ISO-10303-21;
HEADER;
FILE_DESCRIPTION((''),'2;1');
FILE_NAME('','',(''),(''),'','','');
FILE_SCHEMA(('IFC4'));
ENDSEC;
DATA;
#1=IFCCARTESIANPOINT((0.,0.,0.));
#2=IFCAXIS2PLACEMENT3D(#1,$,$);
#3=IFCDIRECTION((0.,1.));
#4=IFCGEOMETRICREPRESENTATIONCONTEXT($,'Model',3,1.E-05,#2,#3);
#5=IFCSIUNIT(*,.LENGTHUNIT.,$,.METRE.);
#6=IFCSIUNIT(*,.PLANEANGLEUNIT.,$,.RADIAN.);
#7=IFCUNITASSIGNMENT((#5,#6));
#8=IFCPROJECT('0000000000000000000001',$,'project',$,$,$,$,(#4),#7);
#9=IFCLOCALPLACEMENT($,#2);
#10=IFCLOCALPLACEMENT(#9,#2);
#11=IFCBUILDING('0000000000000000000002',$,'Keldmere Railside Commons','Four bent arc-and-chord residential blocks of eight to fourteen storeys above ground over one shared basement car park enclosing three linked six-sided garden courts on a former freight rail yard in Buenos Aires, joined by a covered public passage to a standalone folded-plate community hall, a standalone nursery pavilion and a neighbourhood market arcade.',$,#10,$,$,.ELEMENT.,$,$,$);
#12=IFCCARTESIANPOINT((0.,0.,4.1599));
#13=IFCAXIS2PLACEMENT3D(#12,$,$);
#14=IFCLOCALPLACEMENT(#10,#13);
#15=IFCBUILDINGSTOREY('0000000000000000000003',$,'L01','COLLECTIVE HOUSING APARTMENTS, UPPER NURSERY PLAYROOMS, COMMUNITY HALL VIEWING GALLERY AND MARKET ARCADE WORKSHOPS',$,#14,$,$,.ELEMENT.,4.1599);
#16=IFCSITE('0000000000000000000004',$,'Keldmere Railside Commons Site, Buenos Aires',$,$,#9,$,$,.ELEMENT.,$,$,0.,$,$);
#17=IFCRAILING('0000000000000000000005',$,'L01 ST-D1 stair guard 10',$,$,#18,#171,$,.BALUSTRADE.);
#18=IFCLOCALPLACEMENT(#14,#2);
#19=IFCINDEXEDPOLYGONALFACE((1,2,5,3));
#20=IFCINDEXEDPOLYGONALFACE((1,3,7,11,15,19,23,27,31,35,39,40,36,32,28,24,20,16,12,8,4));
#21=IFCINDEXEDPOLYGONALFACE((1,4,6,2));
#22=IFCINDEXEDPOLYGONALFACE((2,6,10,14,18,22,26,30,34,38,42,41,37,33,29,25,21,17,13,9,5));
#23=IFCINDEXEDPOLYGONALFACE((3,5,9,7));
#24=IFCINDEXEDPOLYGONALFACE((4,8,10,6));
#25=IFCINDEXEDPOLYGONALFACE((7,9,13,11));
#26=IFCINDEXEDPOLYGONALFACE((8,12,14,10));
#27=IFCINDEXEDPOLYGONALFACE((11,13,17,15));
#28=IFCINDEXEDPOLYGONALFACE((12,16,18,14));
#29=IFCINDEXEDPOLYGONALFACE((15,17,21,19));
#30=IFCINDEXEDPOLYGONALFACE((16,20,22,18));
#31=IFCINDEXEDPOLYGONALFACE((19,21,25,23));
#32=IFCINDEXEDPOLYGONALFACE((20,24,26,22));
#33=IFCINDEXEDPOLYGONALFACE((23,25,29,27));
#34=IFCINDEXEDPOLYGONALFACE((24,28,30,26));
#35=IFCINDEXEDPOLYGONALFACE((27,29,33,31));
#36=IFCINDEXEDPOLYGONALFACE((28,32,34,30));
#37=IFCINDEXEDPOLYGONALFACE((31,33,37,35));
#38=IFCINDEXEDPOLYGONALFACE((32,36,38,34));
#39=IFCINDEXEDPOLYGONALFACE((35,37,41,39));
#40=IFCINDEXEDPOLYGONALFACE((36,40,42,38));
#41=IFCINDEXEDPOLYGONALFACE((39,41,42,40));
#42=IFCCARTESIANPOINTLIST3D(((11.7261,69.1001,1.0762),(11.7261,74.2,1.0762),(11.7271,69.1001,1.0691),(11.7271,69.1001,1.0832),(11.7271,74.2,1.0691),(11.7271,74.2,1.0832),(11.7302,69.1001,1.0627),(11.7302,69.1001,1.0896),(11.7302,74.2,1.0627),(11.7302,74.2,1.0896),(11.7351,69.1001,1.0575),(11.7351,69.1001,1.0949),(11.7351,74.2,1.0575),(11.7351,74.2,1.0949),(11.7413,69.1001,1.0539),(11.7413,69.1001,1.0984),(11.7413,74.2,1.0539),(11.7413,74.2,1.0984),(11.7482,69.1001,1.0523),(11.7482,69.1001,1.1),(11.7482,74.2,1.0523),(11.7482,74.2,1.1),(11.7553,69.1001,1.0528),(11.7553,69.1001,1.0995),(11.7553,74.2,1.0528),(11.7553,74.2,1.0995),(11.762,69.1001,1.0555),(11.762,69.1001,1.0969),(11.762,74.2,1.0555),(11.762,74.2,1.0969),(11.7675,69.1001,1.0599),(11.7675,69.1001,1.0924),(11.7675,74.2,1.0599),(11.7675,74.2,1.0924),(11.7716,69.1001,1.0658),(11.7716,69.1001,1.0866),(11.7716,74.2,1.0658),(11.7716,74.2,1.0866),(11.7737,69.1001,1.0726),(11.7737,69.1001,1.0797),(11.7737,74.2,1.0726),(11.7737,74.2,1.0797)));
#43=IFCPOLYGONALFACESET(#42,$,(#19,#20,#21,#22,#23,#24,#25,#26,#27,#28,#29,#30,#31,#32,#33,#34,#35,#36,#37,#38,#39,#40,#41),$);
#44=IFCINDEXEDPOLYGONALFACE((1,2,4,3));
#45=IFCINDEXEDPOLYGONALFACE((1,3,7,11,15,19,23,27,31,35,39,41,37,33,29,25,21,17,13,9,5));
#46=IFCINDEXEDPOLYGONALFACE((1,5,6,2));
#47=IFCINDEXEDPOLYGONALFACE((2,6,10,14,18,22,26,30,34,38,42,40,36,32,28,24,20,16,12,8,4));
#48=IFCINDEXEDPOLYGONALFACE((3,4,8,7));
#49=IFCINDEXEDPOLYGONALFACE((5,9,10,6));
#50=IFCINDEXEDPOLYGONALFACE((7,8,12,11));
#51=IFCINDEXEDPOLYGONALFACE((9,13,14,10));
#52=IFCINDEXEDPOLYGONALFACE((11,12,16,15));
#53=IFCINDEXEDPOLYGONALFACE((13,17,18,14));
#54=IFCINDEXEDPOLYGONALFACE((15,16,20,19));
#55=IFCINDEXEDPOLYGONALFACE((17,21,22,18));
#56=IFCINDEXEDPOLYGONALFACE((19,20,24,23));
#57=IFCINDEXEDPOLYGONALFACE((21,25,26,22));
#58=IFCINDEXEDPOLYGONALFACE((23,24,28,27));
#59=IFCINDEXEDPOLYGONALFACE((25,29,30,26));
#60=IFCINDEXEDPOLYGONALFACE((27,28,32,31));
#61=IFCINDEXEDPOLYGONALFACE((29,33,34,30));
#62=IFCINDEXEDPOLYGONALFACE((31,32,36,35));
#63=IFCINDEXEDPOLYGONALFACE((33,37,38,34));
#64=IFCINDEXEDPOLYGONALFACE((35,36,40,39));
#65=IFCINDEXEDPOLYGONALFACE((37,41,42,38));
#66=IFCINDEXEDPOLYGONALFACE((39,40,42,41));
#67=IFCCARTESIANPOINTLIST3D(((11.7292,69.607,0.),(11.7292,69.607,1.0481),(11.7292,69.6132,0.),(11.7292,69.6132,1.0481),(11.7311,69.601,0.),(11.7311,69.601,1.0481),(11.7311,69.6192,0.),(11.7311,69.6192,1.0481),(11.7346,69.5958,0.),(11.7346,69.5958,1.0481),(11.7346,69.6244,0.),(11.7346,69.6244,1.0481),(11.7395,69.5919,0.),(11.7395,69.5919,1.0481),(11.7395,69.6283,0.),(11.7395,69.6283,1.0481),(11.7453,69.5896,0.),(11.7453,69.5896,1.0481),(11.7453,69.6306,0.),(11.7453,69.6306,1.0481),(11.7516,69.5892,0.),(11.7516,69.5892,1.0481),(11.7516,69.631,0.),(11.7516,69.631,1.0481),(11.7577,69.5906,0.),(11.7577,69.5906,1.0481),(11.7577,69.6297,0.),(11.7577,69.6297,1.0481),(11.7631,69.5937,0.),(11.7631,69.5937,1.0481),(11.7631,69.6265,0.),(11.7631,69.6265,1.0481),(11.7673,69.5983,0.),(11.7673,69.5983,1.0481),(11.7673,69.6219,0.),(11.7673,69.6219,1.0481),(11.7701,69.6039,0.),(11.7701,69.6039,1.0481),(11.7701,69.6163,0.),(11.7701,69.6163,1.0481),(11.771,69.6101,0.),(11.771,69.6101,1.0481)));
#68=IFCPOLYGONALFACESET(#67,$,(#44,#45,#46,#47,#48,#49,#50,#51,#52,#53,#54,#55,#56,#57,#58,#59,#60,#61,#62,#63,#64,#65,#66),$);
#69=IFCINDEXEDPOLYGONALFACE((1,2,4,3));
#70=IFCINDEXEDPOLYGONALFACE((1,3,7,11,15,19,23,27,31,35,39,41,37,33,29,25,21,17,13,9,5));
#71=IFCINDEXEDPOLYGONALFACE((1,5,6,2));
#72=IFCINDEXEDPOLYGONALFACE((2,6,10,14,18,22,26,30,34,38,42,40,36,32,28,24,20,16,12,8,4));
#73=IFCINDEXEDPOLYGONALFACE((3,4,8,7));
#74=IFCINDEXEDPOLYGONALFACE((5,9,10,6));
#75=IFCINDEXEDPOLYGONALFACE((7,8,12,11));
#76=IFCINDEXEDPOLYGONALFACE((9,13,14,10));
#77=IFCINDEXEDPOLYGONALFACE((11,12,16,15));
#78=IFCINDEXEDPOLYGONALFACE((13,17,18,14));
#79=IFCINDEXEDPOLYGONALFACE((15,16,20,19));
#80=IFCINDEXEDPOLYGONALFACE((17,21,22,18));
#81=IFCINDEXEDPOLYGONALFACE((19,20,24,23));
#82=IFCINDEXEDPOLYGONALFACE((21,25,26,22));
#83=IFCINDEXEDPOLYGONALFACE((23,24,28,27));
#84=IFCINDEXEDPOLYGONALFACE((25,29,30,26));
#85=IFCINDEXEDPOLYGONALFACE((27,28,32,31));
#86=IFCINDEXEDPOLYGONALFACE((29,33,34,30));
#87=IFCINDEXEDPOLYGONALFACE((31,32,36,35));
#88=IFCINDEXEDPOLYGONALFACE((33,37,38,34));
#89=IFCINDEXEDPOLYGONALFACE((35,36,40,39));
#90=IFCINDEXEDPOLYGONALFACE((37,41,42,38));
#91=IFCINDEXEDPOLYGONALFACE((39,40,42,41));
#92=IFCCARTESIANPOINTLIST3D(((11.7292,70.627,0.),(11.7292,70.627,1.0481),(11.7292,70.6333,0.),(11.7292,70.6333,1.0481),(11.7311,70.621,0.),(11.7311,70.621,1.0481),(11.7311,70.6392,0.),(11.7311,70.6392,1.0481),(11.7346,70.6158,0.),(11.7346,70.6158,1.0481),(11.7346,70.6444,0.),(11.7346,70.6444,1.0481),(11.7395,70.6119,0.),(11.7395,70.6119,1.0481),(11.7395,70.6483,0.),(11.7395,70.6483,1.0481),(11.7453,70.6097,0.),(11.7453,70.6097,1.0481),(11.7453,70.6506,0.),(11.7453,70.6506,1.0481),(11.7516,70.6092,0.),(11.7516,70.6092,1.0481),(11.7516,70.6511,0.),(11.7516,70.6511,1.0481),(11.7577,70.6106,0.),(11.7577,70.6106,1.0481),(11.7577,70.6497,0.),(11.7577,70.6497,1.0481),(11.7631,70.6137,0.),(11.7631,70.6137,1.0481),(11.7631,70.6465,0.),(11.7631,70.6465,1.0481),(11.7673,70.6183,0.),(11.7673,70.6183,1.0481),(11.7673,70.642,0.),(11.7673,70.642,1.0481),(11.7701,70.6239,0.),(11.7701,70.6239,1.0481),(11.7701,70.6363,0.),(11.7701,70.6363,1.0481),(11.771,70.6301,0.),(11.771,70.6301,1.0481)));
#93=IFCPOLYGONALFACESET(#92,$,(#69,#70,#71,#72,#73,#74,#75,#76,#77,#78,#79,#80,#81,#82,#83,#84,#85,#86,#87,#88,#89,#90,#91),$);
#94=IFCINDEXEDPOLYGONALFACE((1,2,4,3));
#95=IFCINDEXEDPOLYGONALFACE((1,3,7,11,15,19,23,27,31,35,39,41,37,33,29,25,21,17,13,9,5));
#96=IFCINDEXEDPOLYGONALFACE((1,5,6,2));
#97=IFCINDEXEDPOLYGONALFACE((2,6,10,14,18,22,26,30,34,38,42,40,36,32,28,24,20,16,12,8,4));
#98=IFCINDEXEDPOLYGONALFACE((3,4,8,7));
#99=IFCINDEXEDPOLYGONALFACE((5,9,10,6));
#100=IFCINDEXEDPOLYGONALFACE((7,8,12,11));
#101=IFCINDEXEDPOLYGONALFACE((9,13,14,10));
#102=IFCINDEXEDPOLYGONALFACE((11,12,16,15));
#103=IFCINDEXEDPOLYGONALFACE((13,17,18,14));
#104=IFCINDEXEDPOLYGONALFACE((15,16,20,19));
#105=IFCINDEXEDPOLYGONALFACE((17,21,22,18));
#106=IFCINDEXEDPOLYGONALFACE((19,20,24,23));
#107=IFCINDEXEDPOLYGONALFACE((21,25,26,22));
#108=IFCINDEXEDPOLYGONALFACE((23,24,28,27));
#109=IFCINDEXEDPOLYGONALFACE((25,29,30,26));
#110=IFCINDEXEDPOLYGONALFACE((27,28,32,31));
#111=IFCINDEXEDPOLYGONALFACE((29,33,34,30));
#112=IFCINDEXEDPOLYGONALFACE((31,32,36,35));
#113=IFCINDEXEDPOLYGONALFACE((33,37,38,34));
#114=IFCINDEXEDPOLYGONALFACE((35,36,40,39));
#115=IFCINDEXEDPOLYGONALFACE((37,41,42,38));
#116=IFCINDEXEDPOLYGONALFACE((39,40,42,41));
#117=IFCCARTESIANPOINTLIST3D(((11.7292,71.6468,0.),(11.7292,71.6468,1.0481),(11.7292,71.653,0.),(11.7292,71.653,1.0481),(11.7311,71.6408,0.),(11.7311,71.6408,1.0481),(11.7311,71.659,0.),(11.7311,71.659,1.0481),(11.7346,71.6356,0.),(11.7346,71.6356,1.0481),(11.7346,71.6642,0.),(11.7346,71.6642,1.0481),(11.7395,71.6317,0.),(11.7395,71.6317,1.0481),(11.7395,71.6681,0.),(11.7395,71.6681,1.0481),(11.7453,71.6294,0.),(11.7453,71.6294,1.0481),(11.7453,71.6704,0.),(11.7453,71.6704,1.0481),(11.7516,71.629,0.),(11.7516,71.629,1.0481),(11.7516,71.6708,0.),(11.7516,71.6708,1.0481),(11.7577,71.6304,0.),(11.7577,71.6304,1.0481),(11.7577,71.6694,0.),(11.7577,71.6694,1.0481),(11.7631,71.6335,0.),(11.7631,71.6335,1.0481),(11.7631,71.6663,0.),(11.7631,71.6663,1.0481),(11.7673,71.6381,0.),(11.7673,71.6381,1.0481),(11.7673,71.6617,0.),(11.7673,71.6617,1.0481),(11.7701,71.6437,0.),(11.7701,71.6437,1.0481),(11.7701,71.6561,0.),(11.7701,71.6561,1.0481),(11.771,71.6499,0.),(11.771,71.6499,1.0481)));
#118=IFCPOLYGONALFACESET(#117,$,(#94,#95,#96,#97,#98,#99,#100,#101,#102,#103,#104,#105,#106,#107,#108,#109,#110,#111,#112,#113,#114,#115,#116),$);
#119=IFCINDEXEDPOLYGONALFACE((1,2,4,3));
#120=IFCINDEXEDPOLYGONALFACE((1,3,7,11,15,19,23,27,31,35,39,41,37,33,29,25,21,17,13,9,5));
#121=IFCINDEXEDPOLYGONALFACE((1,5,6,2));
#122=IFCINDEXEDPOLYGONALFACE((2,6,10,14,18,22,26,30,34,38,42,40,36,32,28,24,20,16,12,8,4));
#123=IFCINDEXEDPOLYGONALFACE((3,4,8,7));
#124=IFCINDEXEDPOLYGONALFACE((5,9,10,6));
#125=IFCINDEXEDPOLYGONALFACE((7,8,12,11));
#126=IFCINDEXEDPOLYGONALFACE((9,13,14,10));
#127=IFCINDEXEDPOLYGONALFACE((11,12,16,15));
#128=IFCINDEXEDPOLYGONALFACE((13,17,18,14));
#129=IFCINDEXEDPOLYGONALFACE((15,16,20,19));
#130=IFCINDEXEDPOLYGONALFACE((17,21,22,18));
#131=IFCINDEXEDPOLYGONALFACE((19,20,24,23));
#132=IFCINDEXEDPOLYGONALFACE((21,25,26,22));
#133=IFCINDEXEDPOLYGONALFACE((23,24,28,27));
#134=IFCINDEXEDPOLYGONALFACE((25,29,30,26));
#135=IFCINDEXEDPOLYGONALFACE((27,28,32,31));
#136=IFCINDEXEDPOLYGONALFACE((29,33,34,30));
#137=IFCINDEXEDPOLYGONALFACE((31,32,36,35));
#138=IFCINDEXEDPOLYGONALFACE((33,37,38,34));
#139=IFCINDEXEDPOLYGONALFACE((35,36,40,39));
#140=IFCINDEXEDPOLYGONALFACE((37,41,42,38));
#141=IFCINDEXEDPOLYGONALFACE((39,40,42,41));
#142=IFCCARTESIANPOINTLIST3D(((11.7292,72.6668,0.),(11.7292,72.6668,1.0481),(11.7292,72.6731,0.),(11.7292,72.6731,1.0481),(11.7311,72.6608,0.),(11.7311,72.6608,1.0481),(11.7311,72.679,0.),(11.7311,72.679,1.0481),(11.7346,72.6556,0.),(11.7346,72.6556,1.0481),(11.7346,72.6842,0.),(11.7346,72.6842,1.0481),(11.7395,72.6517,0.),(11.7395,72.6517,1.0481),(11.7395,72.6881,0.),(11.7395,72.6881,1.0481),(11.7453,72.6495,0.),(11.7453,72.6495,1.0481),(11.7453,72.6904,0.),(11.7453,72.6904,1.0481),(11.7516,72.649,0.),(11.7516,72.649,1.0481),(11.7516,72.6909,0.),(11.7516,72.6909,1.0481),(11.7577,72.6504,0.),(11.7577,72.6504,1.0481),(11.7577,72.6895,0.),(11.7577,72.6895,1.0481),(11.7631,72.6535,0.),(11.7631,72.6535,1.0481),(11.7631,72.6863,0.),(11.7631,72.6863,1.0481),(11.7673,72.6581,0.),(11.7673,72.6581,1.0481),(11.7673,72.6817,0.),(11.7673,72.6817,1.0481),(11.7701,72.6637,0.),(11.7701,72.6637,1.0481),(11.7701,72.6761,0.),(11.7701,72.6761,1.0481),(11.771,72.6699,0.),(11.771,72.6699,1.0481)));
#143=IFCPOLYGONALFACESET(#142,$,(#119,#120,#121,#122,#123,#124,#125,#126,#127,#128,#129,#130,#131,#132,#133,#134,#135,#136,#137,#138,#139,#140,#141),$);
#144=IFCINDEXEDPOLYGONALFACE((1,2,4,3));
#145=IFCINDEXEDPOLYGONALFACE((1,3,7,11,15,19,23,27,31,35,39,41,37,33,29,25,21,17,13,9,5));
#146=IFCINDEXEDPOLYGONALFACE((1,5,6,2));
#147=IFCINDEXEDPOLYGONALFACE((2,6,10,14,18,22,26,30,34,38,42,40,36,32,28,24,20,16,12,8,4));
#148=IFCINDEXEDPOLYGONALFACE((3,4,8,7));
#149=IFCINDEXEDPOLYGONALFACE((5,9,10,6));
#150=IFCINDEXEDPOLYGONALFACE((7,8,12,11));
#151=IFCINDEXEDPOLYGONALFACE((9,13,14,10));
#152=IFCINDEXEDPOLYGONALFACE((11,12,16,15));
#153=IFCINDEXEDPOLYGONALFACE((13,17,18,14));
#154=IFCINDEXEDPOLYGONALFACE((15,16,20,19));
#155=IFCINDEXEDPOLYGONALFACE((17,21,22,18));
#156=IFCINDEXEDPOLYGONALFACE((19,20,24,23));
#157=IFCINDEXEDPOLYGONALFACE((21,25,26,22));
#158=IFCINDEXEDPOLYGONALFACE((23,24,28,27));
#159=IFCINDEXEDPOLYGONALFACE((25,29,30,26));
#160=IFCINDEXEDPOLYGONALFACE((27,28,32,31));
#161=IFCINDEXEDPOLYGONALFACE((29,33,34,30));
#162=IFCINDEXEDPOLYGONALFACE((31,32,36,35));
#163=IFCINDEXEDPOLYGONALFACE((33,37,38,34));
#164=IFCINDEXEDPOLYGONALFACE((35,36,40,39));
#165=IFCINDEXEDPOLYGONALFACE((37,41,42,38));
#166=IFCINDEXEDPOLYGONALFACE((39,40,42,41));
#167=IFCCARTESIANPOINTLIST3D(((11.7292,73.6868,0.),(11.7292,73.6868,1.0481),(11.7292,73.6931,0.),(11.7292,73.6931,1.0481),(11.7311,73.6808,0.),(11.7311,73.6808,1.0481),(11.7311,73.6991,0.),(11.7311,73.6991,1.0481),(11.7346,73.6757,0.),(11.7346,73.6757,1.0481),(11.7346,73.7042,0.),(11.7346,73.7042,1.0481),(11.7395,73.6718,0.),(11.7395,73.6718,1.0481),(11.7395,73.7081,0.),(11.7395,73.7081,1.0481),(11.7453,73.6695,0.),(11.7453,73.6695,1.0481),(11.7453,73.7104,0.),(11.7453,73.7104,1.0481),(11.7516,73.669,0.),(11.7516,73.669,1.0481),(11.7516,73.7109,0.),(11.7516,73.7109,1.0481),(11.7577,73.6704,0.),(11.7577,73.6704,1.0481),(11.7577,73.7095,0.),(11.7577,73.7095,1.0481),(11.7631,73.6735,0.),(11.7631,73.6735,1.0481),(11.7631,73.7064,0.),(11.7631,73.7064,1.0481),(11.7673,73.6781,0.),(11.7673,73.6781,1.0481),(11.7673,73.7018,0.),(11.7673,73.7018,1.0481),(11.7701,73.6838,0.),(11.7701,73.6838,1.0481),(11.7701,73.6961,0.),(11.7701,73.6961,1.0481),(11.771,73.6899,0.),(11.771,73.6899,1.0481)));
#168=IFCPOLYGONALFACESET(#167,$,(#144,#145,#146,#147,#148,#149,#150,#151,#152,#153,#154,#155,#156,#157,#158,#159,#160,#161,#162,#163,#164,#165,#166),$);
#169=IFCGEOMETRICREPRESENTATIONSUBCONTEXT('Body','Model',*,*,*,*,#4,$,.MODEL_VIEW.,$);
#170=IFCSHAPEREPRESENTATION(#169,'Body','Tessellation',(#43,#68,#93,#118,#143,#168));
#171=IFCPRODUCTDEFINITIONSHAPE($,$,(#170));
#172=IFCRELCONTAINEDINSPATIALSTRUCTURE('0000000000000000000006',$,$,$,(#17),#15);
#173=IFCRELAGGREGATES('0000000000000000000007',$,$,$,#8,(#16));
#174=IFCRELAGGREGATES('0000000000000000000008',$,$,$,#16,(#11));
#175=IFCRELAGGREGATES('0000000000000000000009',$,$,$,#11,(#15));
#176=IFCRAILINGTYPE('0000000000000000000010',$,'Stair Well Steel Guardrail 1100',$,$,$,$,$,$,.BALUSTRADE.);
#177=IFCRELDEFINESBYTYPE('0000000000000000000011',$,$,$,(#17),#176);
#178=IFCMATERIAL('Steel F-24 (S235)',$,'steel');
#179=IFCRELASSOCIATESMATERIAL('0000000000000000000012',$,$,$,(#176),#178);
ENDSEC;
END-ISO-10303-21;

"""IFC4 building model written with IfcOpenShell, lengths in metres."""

from ifc_helpers import new_model, si_unit, direction, frame, origin, origin_2d, place, context, subcontext, project, spatial, circle, extrude, material, type_object, element, save


model = new_model("IFC4")

# Units and contexts
model_context = context("Model", 3, precision=1e-05, world=origin(), true_north=direction((0.0, 1.0)))
body_context = subcontext(model_context, "Body", "Model", "MODEL_VIEW")
ifc_project = project(units=[si_unit("LENGTHUNIT", "METRE"), si_unit("PLANEANGLEUNIT", "RADIAN")], contexts=[model_context])

# Site, building, storey
site_placement = place(None, origin())
site = spatial("IfcSite", under=ifc_project, at=site_placement, Name="Keldmere Railside Commons Site, Buenos Aires", CompositionType="ELEMENT", RefElevation=0.0)
building_placement = place(site_placement, origin())
building = spatial("IfcBuilding", under=site, at=building_placement, Name="Keldmere Railside Commons", Description="Four bent arc-and-chord residential blocks of eight to fourteen storeys above ground over one shared basement car park enclosing three linked six-sided garden courts on a former freight rail yard in Buenos Aires, joined by a covered public passage to a standalone folded-plate community hall, a standalone nursery pavilion and a neighbourhood market arcade.", CompositionType="ELEMENT")
storey_placement = place(building_placement, frame((0.0, 0.0, 4.1599)))
storey = spatial("IfcBuildingStorey", under=building, at=storey_placement, Name="L01", Description="COLLECTIVE HOUSING APARTMENTS, UPPER NURSERY PLAYROOMS, COMMUNITY HALL VIEWING GALLERY AND MARKET ARCADE WORKSHOPS", CompositionType="ELEMENT", Elevation=4.1599)

# Railing
ifc_material_1 = material(Name="Steel F-24 (S235)", Category="steel")
railing_type_1 = type_object("IfcRailingType", Name="Stair Well Steel Guardrail 1100", PredefinedType="BALUSTRADE", material=ifc_material_1)
for number, where, name in (
    (1, (11.75, 69.1001, 0.0), "L01 ST-D1 stair guard 10"),
):
    element("IfcRailing", number, at=place(storey_placement, frame(where)), inside=storey, type_object=railing_type_1, Name=name, PredefinedType="BALUSTRADE", context=body_context, shape_type="SweptSolid", body=[
        extrude(circle(Radius=0.0239, at=origin_2d()), frame((0.0, 0.0, 1.0762), z_axis=(0.0, 1.0, 0.0), x_axis=(-1.0, 0.0, 0.0)), (0.0, 0.0, 1.0), 5.0999),
        extrude(circle(Radius=0.021, at=origin_2d()), frame((0.0, 0.51, 0.0)), (0.0, 0.0, 1.0), 1.0481),
        extrude(circle(Radius=0.021, at=origin_2d()), frame((0.0, 1.53, 0.0)), (0.0, 0.0, 1.0), 1.0481),
        extrude(circle(Radius=0.021, at=origin_2d()), frame((0.0, 2.5498, 0.0)), (0.0, 0.0, 1.0), 1.0481),
        extrude(circle(Radius=0.021, at=origin_2d()), frame((0.0, 3.5698, 0.0)), (0.0, 0.0, 1.0), 1.0481),
        extrude(circle(Radius=0.021, at=origin_2d()), frame((0.0, 4.5898, 0.0)), (0.0, 0.0, 1.0), 1.0481),
    ])

save(model, "model.ifc")
